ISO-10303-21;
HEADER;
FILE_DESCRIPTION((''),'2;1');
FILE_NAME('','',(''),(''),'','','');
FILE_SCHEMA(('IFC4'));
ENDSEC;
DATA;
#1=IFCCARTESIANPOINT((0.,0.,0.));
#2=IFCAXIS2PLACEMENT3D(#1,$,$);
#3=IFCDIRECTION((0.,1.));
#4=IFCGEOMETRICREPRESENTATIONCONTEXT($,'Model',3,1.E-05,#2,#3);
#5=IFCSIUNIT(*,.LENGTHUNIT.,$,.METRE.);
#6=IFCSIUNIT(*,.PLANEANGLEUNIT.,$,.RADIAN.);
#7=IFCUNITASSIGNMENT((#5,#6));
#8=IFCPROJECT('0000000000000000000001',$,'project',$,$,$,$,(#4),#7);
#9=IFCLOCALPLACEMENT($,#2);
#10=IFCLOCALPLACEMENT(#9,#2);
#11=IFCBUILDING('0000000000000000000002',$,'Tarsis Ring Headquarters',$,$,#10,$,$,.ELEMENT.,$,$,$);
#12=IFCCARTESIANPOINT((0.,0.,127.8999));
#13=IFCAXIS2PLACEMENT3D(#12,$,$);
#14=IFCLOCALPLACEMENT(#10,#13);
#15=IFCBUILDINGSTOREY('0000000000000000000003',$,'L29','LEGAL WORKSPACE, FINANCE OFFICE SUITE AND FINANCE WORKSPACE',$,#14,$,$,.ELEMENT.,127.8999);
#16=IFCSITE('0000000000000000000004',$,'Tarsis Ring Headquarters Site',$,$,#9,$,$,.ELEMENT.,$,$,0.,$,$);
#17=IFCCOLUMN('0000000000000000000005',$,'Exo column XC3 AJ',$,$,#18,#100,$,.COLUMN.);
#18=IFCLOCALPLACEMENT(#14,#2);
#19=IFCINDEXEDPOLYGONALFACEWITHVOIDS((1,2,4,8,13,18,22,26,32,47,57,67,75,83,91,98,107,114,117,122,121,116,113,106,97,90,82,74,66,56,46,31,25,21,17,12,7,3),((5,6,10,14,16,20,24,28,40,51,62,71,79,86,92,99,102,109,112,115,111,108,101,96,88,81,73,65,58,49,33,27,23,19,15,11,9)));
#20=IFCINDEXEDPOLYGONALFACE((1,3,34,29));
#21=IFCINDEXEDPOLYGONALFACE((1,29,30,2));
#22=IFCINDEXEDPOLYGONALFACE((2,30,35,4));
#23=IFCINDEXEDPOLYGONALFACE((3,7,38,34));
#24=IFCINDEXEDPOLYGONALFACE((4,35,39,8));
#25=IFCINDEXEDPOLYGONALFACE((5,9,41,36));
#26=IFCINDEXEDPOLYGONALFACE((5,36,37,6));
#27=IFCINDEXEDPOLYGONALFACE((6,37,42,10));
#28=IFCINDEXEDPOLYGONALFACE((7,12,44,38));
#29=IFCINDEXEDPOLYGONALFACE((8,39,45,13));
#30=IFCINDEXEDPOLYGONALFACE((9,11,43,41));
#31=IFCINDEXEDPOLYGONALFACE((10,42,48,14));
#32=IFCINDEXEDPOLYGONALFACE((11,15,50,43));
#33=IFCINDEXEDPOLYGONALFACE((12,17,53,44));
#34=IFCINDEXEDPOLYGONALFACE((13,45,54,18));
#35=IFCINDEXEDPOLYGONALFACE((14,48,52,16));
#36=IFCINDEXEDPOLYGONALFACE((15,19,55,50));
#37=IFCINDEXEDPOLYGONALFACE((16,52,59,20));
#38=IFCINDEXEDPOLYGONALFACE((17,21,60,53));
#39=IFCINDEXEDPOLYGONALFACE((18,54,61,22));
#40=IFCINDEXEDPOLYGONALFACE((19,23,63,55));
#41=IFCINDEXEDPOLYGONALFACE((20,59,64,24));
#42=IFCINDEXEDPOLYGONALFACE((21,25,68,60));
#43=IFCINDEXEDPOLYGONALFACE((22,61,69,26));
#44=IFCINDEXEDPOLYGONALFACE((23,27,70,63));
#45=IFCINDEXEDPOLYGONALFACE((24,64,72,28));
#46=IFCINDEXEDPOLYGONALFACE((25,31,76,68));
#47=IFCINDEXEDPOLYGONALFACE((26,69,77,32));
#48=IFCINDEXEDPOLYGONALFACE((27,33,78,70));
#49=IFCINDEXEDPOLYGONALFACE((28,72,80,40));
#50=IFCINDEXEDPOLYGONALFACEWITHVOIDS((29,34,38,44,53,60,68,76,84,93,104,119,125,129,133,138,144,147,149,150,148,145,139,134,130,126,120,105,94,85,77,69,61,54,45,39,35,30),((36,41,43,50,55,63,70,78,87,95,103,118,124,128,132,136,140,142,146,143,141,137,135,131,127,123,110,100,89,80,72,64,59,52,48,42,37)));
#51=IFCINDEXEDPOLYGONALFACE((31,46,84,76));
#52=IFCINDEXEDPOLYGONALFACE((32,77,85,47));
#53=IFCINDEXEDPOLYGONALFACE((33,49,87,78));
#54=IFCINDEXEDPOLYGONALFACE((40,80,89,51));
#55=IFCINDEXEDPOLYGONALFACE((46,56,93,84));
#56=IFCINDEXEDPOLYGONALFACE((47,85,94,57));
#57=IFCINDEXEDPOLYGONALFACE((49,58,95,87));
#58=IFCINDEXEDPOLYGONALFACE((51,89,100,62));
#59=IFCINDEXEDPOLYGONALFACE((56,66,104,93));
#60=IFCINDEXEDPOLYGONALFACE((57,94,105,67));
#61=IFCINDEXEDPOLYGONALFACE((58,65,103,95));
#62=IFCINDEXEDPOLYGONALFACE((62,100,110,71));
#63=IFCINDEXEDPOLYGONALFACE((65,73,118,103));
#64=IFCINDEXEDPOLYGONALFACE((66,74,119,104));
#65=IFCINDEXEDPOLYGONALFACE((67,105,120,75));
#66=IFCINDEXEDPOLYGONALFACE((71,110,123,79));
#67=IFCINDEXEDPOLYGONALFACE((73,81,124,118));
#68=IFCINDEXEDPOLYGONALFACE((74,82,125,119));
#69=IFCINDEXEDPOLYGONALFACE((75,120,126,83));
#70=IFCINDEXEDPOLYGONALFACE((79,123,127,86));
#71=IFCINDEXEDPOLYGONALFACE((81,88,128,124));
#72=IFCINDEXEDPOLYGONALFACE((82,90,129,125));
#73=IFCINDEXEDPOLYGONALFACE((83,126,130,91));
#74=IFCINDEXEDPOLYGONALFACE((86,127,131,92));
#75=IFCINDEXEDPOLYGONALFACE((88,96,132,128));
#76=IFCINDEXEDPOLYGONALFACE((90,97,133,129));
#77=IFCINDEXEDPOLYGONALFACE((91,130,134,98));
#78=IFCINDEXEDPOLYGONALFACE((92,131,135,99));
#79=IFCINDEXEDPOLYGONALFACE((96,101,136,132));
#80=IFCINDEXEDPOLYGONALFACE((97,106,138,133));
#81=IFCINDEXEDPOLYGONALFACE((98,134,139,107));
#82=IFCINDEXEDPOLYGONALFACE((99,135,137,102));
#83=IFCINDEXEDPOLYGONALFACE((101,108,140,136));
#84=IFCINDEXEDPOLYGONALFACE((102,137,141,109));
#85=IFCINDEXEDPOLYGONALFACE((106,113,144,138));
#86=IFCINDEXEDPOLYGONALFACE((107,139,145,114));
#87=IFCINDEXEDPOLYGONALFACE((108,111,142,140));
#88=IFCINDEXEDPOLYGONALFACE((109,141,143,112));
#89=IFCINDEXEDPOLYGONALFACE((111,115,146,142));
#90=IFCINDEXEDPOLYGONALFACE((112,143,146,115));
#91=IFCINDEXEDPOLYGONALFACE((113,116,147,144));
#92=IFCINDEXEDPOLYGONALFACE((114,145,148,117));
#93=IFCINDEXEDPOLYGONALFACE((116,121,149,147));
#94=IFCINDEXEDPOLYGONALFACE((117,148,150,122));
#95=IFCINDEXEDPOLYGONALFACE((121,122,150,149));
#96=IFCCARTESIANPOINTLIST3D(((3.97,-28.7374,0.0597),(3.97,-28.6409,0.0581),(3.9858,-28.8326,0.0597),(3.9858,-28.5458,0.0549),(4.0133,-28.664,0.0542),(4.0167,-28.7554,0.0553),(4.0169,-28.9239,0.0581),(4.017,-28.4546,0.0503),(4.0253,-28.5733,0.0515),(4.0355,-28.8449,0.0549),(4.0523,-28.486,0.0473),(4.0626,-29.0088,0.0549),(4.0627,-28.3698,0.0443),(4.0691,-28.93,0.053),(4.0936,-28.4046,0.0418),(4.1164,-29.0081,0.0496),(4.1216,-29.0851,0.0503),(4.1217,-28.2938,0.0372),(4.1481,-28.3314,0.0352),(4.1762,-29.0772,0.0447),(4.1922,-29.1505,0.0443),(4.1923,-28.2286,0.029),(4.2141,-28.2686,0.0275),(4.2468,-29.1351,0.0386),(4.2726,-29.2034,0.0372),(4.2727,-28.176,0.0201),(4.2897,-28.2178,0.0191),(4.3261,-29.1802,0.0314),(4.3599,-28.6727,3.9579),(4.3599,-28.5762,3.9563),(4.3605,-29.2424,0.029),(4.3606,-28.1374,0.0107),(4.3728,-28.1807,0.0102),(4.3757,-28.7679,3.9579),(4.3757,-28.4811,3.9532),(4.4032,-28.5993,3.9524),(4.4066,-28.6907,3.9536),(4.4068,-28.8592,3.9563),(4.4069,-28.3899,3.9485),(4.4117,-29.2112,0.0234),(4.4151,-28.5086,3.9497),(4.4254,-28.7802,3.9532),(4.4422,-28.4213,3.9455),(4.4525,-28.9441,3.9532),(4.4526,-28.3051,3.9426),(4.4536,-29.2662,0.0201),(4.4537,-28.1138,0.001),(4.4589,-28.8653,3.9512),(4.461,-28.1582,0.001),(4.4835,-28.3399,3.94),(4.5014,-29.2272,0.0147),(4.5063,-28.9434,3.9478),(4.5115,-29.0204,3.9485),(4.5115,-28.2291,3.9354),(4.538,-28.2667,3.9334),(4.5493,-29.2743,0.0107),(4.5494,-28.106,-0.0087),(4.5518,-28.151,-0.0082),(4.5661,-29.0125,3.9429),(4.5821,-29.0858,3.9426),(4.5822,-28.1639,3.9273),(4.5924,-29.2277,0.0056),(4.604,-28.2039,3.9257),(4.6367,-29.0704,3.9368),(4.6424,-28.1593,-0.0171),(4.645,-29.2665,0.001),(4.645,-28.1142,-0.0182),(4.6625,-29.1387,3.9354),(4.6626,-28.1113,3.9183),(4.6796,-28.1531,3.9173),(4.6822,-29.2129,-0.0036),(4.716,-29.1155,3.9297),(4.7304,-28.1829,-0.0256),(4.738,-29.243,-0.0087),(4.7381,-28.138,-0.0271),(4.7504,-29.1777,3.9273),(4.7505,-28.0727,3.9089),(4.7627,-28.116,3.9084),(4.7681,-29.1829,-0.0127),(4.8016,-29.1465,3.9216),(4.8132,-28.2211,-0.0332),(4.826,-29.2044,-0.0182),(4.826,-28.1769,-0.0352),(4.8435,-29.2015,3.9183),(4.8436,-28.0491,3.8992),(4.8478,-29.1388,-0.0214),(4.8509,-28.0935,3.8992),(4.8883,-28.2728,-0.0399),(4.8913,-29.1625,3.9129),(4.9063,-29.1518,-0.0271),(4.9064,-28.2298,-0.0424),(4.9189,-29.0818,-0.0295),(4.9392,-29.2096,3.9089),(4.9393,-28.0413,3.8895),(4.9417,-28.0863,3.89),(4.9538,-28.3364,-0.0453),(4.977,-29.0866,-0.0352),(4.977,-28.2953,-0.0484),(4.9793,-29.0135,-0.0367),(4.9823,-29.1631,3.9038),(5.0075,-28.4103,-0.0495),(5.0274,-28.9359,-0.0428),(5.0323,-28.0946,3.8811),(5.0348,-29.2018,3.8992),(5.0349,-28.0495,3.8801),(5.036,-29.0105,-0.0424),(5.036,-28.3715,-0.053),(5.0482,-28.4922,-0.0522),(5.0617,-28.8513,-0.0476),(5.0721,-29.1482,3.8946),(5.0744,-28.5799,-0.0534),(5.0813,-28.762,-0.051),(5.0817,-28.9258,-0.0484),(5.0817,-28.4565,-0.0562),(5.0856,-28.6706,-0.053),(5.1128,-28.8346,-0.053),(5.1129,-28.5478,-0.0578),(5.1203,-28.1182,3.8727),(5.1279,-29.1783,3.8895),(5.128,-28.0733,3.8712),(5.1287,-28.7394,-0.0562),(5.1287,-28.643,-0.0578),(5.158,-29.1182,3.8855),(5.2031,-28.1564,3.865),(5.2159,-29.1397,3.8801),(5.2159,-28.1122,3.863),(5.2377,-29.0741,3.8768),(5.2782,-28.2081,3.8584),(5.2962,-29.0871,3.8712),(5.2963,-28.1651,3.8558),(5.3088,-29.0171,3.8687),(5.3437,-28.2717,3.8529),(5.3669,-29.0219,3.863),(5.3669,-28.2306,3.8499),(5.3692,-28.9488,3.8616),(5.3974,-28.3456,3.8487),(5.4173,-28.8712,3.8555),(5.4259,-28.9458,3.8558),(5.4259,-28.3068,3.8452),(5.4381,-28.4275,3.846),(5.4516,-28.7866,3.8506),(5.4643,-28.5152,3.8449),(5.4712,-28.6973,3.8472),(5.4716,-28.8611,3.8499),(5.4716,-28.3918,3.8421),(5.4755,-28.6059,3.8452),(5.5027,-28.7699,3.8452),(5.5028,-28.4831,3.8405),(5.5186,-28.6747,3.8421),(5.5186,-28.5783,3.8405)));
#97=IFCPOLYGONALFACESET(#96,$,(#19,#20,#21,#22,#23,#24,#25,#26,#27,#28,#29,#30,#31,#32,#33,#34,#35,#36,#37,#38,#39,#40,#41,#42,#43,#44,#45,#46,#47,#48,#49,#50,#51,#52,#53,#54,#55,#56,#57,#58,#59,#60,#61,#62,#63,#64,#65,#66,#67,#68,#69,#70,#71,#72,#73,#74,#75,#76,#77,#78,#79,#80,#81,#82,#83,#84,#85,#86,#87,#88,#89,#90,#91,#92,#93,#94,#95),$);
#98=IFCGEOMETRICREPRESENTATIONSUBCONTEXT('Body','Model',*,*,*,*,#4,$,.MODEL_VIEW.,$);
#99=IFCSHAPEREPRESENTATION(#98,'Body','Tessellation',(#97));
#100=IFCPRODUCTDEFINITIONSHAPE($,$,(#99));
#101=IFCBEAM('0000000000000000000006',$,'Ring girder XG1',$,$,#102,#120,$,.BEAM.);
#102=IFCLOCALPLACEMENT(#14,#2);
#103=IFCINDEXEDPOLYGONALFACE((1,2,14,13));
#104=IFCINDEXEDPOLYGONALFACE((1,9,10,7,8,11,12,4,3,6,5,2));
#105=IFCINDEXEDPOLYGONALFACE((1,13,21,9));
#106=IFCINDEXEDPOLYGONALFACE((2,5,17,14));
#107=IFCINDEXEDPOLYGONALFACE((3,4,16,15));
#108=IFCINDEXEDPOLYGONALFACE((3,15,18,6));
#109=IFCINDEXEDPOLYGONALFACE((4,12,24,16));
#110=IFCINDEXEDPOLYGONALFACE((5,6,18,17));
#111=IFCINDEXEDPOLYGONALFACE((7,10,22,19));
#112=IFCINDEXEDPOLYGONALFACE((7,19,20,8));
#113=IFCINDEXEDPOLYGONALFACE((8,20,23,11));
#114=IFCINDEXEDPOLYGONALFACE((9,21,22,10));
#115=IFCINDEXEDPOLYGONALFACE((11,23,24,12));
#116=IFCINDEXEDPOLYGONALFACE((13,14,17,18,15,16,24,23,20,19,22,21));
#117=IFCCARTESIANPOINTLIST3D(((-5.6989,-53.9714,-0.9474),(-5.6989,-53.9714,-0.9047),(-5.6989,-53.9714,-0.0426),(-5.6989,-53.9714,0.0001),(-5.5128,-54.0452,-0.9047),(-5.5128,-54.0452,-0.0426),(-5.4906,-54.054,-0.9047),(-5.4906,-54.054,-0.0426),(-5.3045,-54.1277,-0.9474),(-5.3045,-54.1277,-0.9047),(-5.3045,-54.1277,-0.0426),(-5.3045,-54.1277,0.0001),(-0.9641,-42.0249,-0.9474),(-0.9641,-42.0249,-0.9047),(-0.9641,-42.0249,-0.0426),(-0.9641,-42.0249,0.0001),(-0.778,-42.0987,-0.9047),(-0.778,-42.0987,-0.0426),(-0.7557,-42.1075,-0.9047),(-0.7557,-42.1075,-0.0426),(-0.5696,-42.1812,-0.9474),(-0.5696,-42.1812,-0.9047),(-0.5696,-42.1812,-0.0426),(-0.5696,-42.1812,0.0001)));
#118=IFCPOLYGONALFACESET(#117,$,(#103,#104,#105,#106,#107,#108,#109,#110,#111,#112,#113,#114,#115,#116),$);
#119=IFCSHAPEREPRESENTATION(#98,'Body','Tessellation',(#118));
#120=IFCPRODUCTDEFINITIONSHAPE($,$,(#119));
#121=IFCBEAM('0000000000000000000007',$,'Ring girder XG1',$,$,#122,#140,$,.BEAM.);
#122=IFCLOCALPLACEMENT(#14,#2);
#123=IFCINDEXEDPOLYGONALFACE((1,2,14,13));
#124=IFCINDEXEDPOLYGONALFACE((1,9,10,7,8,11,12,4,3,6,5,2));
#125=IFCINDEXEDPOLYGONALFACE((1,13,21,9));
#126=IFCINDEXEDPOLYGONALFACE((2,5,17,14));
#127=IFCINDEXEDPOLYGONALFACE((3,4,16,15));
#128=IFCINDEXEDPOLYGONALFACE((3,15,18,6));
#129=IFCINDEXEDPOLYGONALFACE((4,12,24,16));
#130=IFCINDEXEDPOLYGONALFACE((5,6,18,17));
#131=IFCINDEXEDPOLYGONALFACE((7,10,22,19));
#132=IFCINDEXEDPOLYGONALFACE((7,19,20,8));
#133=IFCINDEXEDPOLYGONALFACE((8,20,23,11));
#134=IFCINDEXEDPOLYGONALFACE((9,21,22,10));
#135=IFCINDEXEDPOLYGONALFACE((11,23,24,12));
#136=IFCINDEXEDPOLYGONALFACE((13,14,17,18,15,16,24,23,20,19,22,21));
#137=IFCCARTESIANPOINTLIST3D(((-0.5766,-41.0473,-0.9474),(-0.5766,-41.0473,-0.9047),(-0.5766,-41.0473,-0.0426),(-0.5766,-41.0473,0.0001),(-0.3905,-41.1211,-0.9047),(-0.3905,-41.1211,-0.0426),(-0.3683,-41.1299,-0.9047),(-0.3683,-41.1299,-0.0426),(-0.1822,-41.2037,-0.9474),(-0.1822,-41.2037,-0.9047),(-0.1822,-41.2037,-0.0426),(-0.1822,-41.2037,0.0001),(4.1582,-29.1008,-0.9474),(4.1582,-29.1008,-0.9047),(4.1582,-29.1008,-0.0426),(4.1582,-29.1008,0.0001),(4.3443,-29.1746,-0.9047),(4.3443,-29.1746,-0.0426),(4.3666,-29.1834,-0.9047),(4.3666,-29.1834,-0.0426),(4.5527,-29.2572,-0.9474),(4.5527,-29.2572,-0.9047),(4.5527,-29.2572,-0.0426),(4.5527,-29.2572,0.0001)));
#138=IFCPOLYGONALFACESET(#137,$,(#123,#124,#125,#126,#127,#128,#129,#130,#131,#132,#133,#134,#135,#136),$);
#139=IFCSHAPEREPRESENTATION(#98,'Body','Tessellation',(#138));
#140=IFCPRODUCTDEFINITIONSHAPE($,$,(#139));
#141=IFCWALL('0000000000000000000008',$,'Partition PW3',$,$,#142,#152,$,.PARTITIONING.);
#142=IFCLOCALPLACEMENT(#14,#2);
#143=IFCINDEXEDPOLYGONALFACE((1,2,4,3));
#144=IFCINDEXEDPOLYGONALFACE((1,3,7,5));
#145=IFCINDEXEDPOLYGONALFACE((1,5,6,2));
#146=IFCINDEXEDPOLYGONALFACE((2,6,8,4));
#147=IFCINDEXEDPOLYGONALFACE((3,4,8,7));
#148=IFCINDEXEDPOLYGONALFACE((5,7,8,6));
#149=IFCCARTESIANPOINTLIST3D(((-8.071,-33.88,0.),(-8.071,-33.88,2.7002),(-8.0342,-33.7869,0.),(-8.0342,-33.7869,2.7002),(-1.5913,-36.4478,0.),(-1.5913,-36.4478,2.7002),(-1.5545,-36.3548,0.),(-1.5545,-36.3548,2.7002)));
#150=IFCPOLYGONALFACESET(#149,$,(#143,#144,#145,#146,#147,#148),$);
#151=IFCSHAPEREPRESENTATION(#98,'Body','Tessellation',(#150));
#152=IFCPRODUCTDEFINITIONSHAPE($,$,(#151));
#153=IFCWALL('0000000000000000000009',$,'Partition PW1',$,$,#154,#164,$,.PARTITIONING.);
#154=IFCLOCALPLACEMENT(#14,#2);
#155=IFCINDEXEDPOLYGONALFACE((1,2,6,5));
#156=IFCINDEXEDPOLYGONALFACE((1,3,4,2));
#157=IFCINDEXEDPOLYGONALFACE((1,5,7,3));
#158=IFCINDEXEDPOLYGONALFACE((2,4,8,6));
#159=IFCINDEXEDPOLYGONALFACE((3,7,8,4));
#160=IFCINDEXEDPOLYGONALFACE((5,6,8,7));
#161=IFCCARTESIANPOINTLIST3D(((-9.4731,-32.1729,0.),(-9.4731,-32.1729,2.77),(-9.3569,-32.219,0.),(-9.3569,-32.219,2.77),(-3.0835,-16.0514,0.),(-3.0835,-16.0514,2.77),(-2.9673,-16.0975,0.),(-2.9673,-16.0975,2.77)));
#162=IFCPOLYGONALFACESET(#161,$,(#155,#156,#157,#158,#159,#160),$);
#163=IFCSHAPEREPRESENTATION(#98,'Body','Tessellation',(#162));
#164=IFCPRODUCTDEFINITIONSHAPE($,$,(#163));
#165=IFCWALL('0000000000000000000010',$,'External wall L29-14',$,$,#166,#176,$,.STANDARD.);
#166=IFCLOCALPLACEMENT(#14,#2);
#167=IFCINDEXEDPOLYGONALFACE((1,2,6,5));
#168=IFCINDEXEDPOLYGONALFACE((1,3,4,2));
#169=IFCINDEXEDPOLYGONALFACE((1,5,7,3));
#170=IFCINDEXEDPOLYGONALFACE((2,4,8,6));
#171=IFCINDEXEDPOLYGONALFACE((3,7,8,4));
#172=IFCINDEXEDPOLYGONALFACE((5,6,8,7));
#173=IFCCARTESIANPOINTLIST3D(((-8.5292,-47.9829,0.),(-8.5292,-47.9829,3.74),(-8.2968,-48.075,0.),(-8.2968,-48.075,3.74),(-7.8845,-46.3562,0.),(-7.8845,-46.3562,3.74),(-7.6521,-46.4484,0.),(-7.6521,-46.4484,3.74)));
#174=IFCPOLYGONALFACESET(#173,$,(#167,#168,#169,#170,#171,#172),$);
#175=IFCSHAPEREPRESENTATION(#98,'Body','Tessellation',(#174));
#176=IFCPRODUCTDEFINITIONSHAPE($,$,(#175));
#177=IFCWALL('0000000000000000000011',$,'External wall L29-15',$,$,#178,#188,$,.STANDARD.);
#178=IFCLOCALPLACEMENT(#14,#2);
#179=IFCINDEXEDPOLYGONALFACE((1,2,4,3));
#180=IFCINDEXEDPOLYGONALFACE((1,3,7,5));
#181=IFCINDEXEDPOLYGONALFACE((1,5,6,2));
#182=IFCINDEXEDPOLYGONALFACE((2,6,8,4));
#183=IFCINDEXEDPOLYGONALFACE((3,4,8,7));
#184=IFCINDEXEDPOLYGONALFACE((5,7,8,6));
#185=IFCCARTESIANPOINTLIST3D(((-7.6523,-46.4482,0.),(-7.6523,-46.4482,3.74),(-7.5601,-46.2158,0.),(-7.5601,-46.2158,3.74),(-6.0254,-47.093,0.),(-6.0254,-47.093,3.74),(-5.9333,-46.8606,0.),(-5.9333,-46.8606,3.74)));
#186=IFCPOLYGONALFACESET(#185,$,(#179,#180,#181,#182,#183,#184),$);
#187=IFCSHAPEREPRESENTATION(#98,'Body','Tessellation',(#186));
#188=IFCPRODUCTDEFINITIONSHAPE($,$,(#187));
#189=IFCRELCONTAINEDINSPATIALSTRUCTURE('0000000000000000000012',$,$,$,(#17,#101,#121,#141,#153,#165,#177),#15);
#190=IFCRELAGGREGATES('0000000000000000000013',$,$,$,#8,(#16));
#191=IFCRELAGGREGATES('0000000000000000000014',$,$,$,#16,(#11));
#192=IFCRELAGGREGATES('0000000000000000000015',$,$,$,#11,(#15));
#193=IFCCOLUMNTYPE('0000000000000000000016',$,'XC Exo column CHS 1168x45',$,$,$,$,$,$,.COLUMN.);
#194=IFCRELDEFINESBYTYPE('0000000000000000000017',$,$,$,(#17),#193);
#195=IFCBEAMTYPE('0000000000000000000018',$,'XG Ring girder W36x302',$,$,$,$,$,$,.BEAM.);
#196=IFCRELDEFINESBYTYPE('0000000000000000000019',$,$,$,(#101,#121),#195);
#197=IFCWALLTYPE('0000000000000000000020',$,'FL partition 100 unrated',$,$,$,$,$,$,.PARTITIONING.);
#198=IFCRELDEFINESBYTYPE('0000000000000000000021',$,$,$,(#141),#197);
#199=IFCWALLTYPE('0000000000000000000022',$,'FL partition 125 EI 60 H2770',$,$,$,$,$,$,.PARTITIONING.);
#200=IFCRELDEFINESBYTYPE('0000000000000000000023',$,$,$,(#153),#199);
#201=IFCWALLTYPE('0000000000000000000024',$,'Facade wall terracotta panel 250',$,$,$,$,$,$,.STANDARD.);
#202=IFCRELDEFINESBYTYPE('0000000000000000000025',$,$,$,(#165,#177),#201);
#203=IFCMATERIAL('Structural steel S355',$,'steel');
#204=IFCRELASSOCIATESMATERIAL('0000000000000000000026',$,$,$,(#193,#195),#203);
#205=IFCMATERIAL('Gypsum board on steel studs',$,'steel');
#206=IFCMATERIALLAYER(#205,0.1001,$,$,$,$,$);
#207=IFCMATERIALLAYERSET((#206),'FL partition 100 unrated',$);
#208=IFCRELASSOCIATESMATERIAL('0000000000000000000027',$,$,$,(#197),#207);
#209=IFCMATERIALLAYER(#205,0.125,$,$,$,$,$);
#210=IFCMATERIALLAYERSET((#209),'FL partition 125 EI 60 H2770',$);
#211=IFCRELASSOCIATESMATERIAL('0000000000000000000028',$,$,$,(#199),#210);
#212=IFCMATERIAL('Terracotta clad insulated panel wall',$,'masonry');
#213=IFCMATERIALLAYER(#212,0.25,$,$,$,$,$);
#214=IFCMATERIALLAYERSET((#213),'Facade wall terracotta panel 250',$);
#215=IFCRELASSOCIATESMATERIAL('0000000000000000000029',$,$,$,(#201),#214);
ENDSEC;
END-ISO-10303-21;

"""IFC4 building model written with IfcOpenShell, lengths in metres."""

from ifc_helpers import new_model, si_unit, direction, frame, frame_2d, origin, origin_2d, place, context, subcontext, project, spatial, rectangle, hollow_circle, i_section, extrude, material, layer, layer_set, material_profile, profile_set, type_object, element, save


model = new_model("IFC4")

# Units and contexts
model_context = context("Model", 3, precision=1e-05, world=origin(), true_north=direction((0.0, 1.0)))
body_context = subcontext(model_context, "Body", "Model", "MODEL_VIEW")
ifc_project = project(units=[si_unit("LENGTHUNIT", "METRE"), si_unit("PLANEANGLEUNIT", "RADIAN")], contexts=[model_context])

# Site, building, storey
site_placement = place(None, origin())
site = spatial("IfcSite", under=ifc_project, at=site_placement, Name="Tarsis Ring Headquarters Site", CompositionType="ELEMENT", RefElevation=0.0)
building_placement = place(site_placement, origin())
building = spatial("IfcBuilding", under=site, at=building_placement, Name="Tarsis Ring Headquarters", CompositionType="ELEMENT")
storey_placement = place(building_placement, frame((0.0, 0.0, 127.8999)))
storey = spatial("IfcBuildingStorey", under=building, at=storey_placement, Name="L29", Description="LEGAL WORKSPACE, FINANCE OFFICE SUITE AND FINANCE WORKSPACE", CompositionType="ELEMENT", Elevation=127.8999)

# Column
ifc_material_1 = material(Name="Structural steel S355", Category="steel")
ifc_material_profile_1 = material_profile(ifc_material_1, hollow_circle(Radius=0.5842, WallThickness=0.0449, at=origin_2d()), Name="CHS 1168x45")
ifc_profile_set_1 = profile_set([ifc_material_profile_1], Name="Structural steel S355")
column_type = type_object("IfcColumnType", Name="XC Exo column CHS 1168x45", PredefinedType="COLUMN", material=ifc_profile_set_1)
column_1_placement = place(storey_placement, frame((4.5493, -28.6902, 0.001), z_axis=(0.099509, 0.016512, 0.9949), x_axis=(-0.163698, 0.986511, 0.0)))
element("IfcColumn", 1, at=column_1_placement, inside=storey, type_object=column_type, Name="Exo column XC3 AJ", PredefinedType="COLUMN", context=body_context, shape_type="SweptSolid", body=[
    extrude(hollow_circle(Radius=0.5842, WallThickness=0.0449, at=origin_2d()), origin(), (0.0, 0.0, 1.0), 3.9182),
])

# Beams
ifc_material_profile_2 = material_profile(ifc_material_1, i_section(OverallWidth=0.4243, OverallDepth=0.9475, WebThickness=0.0239, FlangeThickness=0.0427, at=origin_2d()), Name="W36x302")
ifc_profile_set_2 = profile_set([ifc_material_profile_2], Name="Structural steel S355")
beam_type = type_object("IfcBeamType", Name="XG Ring girder W36x302", PredefinedType="BEAM", material=ifc_profile_set_2)
for number, where, z_axis, x_axis, name in (
    (2, (-5.5017, -54.0496, -0.4736), (0.368454, 0.929646, 0.0), (-0.929646, 0.368454, 0.0), "Ring girder XG1"),
    (3, (-0.3794, -41.1255, -0.4736), (0.368454, 0.929646, 0.0), (-0.929646, 0.368454, 0.0), "Ring girder XG1"),
):
    element("IfcBeam", number, at=place(storey_placement, frame(where, z_axis=z_axis, x_axis=x_axis)), inside=storey, type_object=beam_type, Name=name, PredefinedType="BEAM", context=body_context, shape_type="SweptSolid", body=[
        extrude(i_section(OverallWidth=0.4243, OverallDepth=0.9475, WebThickness=0.0239, FlangeThickness=0.0427, at=origin_2d()), origin(), (0.0, 0.0, 1.0), 12.8506),
    ])

# Walls
ifc_material_2 = material(Name="Gypsum board on steel studs", Category="steel")
ifc_layer_1 = layer(ifc_material_2, 0.1001)
ifc_layer_set_1 = layer_set([ifc_layer_1], Name="FL partition 100 unrated")
wall_type_1 = type_object("IfcWallType", Name="FL partition 100 unrated", PredefinedType="PARTITIONING", material=ifc_layer_set_1)
wall_1_placement = place(storey_placement, frame((-8.0525, -33.8335, 0.0), z_axis=(0.0, 0.0, 1.0), x_axis=(0.92966, -0.368417, 0.0)))
element("IfcWall", 4, at=wall_1_placement, inside=storey, type_object=wall_type_1, Name="Partition PW3", PredefinedType="PARTITIONING", context=body_context, shape_type="SweptSolid", body=[
    extrude(rectangle(XDim=6.97, YDim=0.1001, at=frame_2d((3.4849, 0.0))), origin(), (0.0, 0.0, 1.0), 2.7002),
])
ifc_layer_2 = layer(ifc_material_2, 0.125)
ifc_layer_set_2 = layer_set([ifc_layer_2], Name="FL partition 125 EI 60 H2770")
wall_type_2 = type_object("IfcWallType", Name="FL partition 125 EI 60 H2770", PredefinedType="PARTITIONING", material=ifc_layer_set_2)
wall_2_placement = place(storey_placement, frame((-9.415, -32.196, 0.0), z_axis=(0.0, 0.0, 1.0), x_axis=(0.368457, 0.929645, 0.0)))
element("IfcWall", 5, at=wall_2_placement, inside=storey, type_object=wall_type_2, Name="Partition PW1", PredefinedType="PARTITIONING", context=body_context, shape_type="SweptSolid", body=[
    extrude(rectangle(XDim=17.3416, YDim=0.125, at=frame_2d((8.6709, 0.0))), origin(), (0.0, 0.0, 1.0), 2.77),
])
ifc_material_3 = material(Name="Terracotta clad insulated panel wall", Category="masonry")
ifc_layer_3 = layer(ifc_material_3, 0.25)
ifc_layer_set_3 = layer_set([ifc_layer_3], Name="Facade wall terracotta panel 250")
wall_type_3 = type_object("IfcWallType", Name="Facade wall terracotta panel 250", PredefinedType="STANDARD", material=ifc_layer_set_3)
wall_3_placement = place(storey_placement, frame((-8.4131, -48.0291, 0.0), z_axis=(0.0, 0.0, 1.0), x_axis=(0.368478, 0.929636, 0.0)))
element("IfcWall", 6, at=wall_3_placement, inside=storey, type_object=wall_type_3, Name="External wall L29-14", PredefinedType="STANDARD", context=body_context, shape_type="SweptSolid", body=[
    extrude(rectangle(XDim=1.7498, YDim=0.25, at=frame_2d((0.875, 0.0))), origin(), (0.0, 0.0, 1.0), 3.74),
])
wall_4_placement = place(storey_placement, frame((-7.6062, -46.332, 0.0), z_axis=(0.0, 0.0, 1.0), x_axis=(0.929655, -0.36843, 0.0)))
element("IfcWall", 7, at=wall_4_placement, inside=storey, type_object=wall_type_3, Name="External wall L29-15", PredefinedType="STANDARD", context=body_context, shape_type="SweptSolid", body=[
    extrude(rectangle(XDim=1.75, YDim=0.25, at=frame_2d((0.875, 0.0))), origin(), (0.0, 0.0, 1.0), 3.74),
])

save(model, "model.ifc")
